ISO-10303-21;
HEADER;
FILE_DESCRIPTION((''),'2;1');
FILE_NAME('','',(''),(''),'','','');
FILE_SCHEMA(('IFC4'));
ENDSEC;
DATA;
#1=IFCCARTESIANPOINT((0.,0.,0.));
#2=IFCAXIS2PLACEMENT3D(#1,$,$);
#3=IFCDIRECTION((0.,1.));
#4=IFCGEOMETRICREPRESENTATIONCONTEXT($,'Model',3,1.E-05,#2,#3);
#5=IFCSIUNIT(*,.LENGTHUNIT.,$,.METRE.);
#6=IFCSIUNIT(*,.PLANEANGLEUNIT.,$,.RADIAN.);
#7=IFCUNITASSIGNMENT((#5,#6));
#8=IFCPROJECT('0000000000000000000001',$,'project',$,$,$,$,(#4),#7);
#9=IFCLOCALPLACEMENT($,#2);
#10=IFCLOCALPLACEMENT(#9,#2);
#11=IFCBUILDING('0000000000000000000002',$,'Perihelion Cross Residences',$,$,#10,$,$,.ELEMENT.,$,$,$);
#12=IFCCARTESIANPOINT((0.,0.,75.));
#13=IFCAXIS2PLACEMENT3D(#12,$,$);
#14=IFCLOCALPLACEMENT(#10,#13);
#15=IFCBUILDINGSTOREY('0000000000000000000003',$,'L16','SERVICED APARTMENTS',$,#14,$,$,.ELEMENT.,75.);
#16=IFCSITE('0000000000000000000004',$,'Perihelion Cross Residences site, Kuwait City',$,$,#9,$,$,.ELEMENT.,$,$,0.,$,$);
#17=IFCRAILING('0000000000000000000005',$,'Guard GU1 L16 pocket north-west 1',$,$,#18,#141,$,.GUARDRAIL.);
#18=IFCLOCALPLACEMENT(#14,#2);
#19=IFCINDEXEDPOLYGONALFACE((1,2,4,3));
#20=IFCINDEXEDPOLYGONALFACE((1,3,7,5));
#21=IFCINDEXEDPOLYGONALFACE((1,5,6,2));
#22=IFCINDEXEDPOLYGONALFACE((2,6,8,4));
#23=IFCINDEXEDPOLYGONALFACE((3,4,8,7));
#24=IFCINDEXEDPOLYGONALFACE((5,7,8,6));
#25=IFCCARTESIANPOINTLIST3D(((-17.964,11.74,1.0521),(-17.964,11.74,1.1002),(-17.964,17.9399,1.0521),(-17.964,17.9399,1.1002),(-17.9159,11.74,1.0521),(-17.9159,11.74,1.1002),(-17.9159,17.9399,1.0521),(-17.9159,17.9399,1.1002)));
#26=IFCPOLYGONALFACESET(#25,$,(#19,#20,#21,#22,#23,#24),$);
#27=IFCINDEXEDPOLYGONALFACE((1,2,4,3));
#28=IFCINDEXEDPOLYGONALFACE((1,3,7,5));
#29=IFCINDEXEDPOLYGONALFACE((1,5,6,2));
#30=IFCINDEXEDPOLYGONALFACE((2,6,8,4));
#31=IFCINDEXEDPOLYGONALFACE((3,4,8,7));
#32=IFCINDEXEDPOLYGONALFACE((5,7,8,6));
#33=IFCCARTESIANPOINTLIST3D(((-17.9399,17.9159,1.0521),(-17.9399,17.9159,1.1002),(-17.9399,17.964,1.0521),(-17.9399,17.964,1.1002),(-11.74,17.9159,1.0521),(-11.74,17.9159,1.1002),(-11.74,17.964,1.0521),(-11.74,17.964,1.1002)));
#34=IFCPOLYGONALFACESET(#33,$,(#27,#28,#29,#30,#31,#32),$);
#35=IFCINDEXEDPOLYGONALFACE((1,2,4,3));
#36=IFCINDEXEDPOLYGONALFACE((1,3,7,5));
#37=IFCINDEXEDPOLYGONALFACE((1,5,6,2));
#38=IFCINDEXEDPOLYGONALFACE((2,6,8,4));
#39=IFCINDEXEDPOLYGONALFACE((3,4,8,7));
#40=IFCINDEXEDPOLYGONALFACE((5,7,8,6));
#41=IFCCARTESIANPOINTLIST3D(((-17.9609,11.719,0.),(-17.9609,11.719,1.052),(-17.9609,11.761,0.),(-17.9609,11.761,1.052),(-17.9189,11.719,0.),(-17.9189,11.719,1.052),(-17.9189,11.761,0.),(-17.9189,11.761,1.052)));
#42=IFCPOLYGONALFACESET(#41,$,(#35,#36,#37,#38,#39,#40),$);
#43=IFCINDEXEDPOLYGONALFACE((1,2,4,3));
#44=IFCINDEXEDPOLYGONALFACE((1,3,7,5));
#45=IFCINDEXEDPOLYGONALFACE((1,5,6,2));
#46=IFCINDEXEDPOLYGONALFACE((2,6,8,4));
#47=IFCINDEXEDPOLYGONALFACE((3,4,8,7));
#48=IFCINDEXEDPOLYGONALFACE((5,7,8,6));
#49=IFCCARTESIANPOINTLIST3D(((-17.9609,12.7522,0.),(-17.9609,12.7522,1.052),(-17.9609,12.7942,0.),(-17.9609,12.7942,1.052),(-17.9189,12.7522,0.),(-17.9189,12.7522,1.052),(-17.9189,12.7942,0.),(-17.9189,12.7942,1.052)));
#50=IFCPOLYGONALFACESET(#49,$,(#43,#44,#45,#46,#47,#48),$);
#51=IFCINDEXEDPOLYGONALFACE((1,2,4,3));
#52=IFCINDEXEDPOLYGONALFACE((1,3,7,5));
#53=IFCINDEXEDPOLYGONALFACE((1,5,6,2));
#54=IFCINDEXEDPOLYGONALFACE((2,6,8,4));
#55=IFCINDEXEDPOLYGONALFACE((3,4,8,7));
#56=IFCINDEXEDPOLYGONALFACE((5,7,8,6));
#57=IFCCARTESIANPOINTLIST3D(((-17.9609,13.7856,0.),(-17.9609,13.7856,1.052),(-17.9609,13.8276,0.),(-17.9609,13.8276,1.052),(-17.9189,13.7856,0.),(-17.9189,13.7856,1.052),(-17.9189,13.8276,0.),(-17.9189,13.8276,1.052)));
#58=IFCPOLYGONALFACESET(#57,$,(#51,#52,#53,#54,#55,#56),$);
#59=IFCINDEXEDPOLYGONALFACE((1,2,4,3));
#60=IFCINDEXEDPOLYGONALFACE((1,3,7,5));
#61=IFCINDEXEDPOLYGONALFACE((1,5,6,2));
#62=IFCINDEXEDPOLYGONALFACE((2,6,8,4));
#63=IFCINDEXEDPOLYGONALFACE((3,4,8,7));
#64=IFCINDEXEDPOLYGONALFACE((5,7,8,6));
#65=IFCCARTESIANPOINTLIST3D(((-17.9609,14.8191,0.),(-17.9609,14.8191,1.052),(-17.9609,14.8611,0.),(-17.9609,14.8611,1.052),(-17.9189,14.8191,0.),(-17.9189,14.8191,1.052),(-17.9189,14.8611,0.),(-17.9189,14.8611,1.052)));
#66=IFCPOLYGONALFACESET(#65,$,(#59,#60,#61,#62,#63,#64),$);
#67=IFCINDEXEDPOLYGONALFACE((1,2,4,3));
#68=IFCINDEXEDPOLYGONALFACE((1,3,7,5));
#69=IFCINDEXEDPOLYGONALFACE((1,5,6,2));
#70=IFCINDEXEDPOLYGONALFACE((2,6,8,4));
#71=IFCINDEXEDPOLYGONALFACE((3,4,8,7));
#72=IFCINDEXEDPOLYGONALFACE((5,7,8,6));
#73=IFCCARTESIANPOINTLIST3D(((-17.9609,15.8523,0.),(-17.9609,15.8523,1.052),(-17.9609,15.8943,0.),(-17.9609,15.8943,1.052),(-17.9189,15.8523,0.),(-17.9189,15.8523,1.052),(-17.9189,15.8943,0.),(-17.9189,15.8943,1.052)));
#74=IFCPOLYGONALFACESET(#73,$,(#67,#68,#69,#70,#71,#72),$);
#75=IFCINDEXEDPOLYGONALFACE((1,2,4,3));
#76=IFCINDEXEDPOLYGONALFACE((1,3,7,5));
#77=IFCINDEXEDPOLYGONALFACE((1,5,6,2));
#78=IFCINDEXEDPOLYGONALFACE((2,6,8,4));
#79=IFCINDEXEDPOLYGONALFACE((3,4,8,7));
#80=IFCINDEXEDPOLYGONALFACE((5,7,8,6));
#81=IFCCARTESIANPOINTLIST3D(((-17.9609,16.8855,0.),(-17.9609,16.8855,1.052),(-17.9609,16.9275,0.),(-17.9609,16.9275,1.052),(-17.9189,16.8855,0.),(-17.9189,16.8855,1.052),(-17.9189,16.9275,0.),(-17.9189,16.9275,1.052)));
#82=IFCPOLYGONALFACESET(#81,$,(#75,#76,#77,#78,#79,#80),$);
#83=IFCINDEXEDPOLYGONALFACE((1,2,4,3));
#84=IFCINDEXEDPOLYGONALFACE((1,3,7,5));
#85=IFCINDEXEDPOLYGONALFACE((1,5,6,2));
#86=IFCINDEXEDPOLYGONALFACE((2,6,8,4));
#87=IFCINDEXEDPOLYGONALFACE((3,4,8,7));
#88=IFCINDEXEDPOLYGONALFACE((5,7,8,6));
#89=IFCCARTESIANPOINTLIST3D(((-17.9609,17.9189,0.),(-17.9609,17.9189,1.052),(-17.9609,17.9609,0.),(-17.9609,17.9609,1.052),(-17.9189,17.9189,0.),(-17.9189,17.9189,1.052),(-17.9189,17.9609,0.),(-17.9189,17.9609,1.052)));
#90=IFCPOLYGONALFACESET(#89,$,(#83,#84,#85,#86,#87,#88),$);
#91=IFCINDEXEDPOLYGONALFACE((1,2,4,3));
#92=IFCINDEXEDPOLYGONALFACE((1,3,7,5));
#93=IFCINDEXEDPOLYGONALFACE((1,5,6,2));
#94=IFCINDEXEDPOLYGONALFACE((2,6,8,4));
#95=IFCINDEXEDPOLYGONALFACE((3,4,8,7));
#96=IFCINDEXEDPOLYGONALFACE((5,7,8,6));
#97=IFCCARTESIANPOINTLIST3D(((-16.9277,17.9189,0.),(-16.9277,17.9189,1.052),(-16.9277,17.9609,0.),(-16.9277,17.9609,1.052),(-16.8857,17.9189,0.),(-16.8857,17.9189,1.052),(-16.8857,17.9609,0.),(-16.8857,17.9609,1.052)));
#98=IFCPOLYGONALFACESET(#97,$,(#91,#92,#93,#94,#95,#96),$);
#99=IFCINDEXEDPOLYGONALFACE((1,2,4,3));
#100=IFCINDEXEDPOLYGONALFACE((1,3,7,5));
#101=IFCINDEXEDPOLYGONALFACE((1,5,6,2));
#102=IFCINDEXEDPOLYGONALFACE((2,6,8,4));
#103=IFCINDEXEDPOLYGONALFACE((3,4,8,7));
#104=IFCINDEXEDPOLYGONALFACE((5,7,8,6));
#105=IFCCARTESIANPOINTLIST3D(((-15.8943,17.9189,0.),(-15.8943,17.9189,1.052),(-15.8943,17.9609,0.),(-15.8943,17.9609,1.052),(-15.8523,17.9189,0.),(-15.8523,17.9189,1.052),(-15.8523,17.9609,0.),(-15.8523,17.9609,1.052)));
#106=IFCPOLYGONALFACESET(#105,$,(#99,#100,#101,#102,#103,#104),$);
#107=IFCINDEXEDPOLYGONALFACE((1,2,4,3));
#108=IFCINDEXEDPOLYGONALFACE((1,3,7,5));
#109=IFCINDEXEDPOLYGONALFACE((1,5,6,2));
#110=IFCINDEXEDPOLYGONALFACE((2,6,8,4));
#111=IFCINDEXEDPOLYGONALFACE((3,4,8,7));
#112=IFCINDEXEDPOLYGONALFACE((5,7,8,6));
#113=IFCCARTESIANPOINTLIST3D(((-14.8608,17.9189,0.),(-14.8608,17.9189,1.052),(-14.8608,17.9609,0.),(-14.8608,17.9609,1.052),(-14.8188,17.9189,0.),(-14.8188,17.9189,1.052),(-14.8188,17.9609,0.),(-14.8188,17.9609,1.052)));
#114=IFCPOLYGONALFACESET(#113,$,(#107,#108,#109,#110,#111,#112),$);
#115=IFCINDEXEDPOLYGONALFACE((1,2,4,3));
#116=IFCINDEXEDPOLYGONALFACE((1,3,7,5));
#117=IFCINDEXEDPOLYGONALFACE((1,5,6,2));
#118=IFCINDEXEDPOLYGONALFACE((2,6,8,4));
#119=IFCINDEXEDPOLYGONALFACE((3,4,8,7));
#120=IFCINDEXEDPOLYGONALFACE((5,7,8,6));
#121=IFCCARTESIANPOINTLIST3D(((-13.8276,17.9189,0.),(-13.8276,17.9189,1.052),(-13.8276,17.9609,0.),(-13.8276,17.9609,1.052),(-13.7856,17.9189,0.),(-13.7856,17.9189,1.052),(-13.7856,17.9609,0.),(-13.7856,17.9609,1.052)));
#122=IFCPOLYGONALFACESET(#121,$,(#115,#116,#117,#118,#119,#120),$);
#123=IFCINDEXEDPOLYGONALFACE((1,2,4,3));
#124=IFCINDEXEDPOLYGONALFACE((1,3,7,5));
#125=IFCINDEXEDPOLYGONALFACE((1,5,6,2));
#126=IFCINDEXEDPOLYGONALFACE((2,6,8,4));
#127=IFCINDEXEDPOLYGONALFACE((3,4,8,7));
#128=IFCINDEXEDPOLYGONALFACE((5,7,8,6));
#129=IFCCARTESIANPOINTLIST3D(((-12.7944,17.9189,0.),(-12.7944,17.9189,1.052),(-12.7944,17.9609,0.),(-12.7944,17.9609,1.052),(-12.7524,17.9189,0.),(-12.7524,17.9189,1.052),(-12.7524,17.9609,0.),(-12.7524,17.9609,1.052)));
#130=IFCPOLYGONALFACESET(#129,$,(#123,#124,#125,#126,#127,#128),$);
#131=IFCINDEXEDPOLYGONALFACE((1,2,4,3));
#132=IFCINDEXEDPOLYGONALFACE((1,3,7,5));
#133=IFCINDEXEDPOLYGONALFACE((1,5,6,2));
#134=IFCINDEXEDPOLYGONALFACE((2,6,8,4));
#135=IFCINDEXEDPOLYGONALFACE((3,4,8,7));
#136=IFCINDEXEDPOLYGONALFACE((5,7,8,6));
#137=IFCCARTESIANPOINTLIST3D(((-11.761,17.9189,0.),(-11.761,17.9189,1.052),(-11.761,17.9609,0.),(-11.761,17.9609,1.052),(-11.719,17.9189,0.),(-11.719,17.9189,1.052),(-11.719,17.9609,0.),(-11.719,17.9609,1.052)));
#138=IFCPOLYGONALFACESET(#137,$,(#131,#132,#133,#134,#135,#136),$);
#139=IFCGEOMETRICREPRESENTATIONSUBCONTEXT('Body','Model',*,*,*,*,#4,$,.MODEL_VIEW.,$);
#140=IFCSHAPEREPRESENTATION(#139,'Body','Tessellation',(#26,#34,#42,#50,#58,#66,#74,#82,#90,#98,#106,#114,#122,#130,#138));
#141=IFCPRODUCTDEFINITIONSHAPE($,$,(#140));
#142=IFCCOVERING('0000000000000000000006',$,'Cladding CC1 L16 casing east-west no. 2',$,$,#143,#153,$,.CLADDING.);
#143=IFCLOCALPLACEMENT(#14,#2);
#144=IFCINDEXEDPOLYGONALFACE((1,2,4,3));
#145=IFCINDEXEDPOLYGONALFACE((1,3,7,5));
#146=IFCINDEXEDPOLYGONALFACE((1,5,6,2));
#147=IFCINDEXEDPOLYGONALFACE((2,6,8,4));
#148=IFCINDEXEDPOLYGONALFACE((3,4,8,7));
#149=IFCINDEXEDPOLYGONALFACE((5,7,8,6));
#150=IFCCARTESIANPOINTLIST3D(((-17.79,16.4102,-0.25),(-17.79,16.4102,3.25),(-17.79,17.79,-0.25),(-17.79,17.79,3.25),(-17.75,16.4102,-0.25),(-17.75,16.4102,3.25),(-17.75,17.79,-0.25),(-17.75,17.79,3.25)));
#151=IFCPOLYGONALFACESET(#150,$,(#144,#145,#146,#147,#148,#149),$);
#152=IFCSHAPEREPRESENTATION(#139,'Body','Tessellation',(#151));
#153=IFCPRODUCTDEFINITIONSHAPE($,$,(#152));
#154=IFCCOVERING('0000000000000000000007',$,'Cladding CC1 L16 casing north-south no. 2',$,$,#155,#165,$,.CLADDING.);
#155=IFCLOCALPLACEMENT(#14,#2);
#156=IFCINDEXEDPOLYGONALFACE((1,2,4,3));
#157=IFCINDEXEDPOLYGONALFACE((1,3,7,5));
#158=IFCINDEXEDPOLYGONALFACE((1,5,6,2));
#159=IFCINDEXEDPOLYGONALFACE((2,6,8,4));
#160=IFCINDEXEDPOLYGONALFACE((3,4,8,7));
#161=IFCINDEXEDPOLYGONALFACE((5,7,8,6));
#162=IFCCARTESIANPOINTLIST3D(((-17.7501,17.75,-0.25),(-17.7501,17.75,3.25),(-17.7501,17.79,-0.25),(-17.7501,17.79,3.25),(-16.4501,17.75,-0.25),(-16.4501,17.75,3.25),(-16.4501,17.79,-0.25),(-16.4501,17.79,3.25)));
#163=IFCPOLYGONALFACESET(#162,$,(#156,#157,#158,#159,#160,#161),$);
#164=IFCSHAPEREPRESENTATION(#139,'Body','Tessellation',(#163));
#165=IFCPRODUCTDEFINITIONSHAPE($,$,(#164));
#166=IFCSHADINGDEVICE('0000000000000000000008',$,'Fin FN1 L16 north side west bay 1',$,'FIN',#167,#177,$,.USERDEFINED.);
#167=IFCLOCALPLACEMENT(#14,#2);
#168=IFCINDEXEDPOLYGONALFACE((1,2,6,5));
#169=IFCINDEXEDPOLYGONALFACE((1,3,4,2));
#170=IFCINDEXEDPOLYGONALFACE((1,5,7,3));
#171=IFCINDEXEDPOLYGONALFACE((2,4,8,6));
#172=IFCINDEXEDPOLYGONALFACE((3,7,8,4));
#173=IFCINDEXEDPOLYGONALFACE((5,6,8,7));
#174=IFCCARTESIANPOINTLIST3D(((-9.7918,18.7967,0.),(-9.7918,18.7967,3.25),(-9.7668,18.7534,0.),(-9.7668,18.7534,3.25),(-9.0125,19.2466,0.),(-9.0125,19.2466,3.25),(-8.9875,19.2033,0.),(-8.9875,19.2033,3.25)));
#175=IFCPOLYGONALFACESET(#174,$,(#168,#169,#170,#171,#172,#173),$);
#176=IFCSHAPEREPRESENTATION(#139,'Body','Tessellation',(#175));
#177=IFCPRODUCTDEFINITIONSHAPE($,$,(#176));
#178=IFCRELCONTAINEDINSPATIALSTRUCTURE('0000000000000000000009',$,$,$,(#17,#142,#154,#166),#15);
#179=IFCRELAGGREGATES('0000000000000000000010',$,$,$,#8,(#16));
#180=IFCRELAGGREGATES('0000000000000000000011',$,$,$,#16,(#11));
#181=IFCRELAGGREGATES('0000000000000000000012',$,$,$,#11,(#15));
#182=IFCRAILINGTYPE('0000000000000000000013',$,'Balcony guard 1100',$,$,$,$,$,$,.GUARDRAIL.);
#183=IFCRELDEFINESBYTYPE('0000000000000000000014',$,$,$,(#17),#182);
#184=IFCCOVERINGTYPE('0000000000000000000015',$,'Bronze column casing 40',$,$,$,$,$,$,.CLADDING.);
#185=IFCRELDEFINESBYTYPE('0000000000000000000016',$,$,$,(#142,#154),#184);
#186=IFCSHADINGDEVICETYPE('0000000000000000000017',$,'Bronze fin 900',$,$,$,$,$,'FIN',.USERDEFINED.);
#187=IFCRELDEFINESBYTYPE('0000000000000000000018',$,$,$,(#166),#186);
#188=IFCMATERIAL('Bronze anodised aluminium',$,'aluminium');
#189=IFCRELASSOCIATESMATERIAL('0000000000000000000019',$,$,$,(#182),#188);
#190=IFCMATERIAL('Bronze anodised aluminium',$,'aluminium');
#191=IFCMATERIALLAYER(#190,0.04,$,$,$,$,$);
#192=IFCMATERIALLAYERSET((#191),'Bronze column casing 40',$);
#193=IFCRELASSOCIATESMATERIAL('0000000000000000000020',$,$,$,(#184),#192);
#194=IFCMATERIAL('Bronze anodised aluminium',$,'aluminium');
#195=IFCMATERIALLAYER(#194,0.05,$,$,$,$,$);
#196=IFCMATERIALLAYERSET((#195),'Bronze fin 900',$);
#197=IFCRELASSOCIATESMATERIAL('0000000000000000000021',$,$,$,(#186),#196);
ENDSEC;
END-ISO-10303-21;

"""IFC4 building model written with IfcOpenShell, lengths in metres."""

from ifc_helpers import new_model, si_unit, direction, frame, origin, origin_2d, place, context, subcontext, project, spatial, rectangle, extrude, material, layer, layer_set, type_object, element, save


model = new_model("IFC4")

# Units and contexts
model_context = context("Model", 3, precision=1e-05, world=origin(), true_north=direction((0.0, 1.0)))
body_context = subcontext(model_context, "Body", "Model", "MODEL_VIEW")
ifc_project = project(units=[si_unit("LENGTHUNIT", "METRE"), si_unit("PLANEANGLEUNIT", "RADIAN")], contexts=[model_context])

# Site, building, storey
site_placement = place(None, origin())
site = spatial("IfcSite", under=ifc_project, at=site_placement, Name="Perihelion Cross Residences site, Kuwait City", CompositionType="ELEMENT", RefElevation=0.0)
building_placement = place(site_placement, origin())
building = spatial("IfcBuilding", under=site, at=building_placement, Name="Perihelion Cross Residences", CompositionType="ELEMENT")
storey_placement = place(building_placement, frame((0.0, 0.0, 75.0)))
storey = spatial("IfcBuildingStorey", under=building, at=storey_placement, Name="L16", Description="SERVICED APARTMENTS", CompositionType="ELEMENT", Elevation=75.0)

# Railing
ifc_material_1 = material(Name="Bronze anodised aluminium", Category="aluminium")
railing_type = type_object("IfcRailingType", Name="Balcony guard 1100", PredefinedType="GUARDRAIL", material=ifc_material_1)
railing_1_placement = place(storey_placement, frame((-17.9399, 11.74, 0.0)))
element("IfcRailing", 1, at=railing_1_placement, inside=storey, type_object=railing_type, Name="Guard GU1 L16 pocket north-west 1", PredefinedType="GUARDRAIL", context=body_context, shape_type="SweptSolid", body=[
    extrude(rectangle(XDim=0.0481, YDim=0.0481, at=origin_2d()), frame((0.0, 0.0, 1.0762), z_axis=(0.0, 1.0, 0.0), x_axis=(-1.0, 0.0, 0.0)), (0.0, 0.0, 1.0), 6.2),
    extrude(rectangle(XDim=0.0481, YDim=0.0481, at=origin_2d()), frame((0.0, 6.2, 1.0762), z_axis=(1.0, 0.0, 0.0), x_axis=(0.0, 1.0, 0.0)), (0.0, 0.0, 1.0), 6.2),
    extrude(rectangle(XDim=0.042, YDim=0.042, at=origin_2d()), origin(), (0.0, 0.0, 1.0), 1.052),
    extrude(rectangle(XDim=0.042, YDim=0.042, at=origin_2d()), frame((0.0, 1.0332, 0.0)), (0.0, 0.0, 1.0), 1.052),
    extrude(rectangle(XDim=0.042, YDim=0.042, at=origin_2d()), frame((0.0, 2.0667, 0.0)), (0.0, 0.0, 1.0), 1.052),
    extrude(rectangle(XDim=0.042, YDim=0.042, at=origin_2d()), frame((0.0, 3.1001, 0.0)), (0.0, 0.0, 1.0), 1.052),
    extrude(rectangle(XDim=0.042, YDim=0.042, at=origin_2d()), frame((0.0, 4.1333, 0.0)), (0.0, 0.0, 1.0), 1.052),
    extrude(rectangle(XDim=0.042, YDim=0.042, at=origin_2d()), frame((0.0, 5.1665, 0.0)), (0.0, 0.0, 1.0), 1.052),
    extrude(rectangle(XDim=0.042, YDim=0.042, at=origin_2d()), frame((0.0, 6.2, 0.0)), (0.0, 0.0, 1.0), 1.052),
    extrude(rectangle(XDim=0.042, YDim=0.042, at=origin_2d()), frame((1.0332, 6.2, 0.0)), (0.0, 0.0, 1.0), 1.052),
    extrude(rectangle(XDim=0.042, YDim=0.042, at=origin_2d()), frame((2.0667, 6.2, 0.0)), (0.0, 0.0, 1.0), 1.052),
    extrude(rectangle(XDim=0.042, YDim=0.042, at=origin_2d()), frame((3.1001, 6.2, 0.0)), (0.0, 0.0, 1.0), 1.052),
    extrude(rectangle(XDim=0.042, YDim=0.042, at=origin_2d()), frame((4.1333, 6.2, 0.0)), (0.0, 0.0, 1.0), 1.052),
    extrude(rectangle(XDim=0.042, YDim=0.042, at=origin_2d()), frame((5.1665, 6.2, 0.0)), (0.0, 0.0, 1.0), 1.052),
    extrude(rectangle(XDim=0.042, YDim=0.042, at=origin_2d()), frame((6.2, 6.2, 0.0)), (0.0, 0.0, 1.0), 1.052),
])

# Coverings
ifc_material_2 = material(Name="Bronze anodised aluminium", Category="aluminium")
ifc_layer_1 = layer(ifc_material_2, 0.04)
ifc_layer_set_1 = layer_set([ifc_layer_1], Name="Bronze column casing 40")
covering_type = type_object("IfcCoveringType", Name="Bronze column casing 40", PredefinedType="CLADDING", material=ifc_layer_set_1)
covering_1_placement = place(storey_placement, frame((-17.77, 17.1001, -0.25), z_axis=(0.0, 0.0, 1.0), x_axis=(1.0, 0.0, 0.0)))
element("IfcCovering", 2, at=covering_1_placement, inside=storey, type_object=covering_type, Name="Cladding CC1 L16 casing east-west no. 2", PredefinedType="CLADDING", context=body_context, shape_type="SweptSolid", body=[
    extrude(rectangle(XDim=0.04, YDim=1.3799, at=origin_2d()), origin(), (0.0, 0.0, 1.0), 3.5),
])
covering_2_placement = place(storey_placement, frame((-17.1001, 17.77, -0.25), z_axis=(0.0, 0.0, 1.0), x_axis=(1.0, 0.0, 0.0)))
element("IfcCovering", 3, at=covering_2_placement, inside=storey, type_object=covering_type, Name="Cladding CC1 L16 casing north-south no. 2", PredefinedType="CLADDING", context=body_context, shape_type="SweptSolid", body=[
    extrude(rectangle(XDim=1.3, YDim=0.04, at=origin_2d()), origin(), (0.0, 0.0, 1.0), 3.5),
])

# Shading device
ifc_material_3 = material(Name="Bronze anodised aluminium", Category="aluminium")
ifc_layer_2 = layer(ifc_material_3, 0.05)
ifc_layer_set_2 = layer_set([ifc_layer_2], Name="Bronze fin 900")
shading_device_type = type_object("IfcShadingDeviceType", Name="Bronze fin 900", ElementType="FIN", PredefinedType="USERDEFINED", material=ifc_layer_set_2)
shading_device_placement = place(storey_placement, frame((-9.3896, 19.0, 0.0), z_axis=(0.0, 0.0, 1.0), x_axis=(-0.866025, -0.5, 0.0)))
element("IfcShadingDevice", 4, at=shading_device_placement, inside=storey, type_object=shading_device_type, Name="Fin FN1 L16 north side west bay 1", ObjectType="FIN", PredefinedType="USERDEFINED", context=body_context, shape_type="SweptSolid", body=[
    extrude(rectangle(XDim=0.8999, YDim=0.05, at=origin_2d()), origin(), (0.0, 0.0, 1.0), 3.25),
])

save(model, "model.ifc")
